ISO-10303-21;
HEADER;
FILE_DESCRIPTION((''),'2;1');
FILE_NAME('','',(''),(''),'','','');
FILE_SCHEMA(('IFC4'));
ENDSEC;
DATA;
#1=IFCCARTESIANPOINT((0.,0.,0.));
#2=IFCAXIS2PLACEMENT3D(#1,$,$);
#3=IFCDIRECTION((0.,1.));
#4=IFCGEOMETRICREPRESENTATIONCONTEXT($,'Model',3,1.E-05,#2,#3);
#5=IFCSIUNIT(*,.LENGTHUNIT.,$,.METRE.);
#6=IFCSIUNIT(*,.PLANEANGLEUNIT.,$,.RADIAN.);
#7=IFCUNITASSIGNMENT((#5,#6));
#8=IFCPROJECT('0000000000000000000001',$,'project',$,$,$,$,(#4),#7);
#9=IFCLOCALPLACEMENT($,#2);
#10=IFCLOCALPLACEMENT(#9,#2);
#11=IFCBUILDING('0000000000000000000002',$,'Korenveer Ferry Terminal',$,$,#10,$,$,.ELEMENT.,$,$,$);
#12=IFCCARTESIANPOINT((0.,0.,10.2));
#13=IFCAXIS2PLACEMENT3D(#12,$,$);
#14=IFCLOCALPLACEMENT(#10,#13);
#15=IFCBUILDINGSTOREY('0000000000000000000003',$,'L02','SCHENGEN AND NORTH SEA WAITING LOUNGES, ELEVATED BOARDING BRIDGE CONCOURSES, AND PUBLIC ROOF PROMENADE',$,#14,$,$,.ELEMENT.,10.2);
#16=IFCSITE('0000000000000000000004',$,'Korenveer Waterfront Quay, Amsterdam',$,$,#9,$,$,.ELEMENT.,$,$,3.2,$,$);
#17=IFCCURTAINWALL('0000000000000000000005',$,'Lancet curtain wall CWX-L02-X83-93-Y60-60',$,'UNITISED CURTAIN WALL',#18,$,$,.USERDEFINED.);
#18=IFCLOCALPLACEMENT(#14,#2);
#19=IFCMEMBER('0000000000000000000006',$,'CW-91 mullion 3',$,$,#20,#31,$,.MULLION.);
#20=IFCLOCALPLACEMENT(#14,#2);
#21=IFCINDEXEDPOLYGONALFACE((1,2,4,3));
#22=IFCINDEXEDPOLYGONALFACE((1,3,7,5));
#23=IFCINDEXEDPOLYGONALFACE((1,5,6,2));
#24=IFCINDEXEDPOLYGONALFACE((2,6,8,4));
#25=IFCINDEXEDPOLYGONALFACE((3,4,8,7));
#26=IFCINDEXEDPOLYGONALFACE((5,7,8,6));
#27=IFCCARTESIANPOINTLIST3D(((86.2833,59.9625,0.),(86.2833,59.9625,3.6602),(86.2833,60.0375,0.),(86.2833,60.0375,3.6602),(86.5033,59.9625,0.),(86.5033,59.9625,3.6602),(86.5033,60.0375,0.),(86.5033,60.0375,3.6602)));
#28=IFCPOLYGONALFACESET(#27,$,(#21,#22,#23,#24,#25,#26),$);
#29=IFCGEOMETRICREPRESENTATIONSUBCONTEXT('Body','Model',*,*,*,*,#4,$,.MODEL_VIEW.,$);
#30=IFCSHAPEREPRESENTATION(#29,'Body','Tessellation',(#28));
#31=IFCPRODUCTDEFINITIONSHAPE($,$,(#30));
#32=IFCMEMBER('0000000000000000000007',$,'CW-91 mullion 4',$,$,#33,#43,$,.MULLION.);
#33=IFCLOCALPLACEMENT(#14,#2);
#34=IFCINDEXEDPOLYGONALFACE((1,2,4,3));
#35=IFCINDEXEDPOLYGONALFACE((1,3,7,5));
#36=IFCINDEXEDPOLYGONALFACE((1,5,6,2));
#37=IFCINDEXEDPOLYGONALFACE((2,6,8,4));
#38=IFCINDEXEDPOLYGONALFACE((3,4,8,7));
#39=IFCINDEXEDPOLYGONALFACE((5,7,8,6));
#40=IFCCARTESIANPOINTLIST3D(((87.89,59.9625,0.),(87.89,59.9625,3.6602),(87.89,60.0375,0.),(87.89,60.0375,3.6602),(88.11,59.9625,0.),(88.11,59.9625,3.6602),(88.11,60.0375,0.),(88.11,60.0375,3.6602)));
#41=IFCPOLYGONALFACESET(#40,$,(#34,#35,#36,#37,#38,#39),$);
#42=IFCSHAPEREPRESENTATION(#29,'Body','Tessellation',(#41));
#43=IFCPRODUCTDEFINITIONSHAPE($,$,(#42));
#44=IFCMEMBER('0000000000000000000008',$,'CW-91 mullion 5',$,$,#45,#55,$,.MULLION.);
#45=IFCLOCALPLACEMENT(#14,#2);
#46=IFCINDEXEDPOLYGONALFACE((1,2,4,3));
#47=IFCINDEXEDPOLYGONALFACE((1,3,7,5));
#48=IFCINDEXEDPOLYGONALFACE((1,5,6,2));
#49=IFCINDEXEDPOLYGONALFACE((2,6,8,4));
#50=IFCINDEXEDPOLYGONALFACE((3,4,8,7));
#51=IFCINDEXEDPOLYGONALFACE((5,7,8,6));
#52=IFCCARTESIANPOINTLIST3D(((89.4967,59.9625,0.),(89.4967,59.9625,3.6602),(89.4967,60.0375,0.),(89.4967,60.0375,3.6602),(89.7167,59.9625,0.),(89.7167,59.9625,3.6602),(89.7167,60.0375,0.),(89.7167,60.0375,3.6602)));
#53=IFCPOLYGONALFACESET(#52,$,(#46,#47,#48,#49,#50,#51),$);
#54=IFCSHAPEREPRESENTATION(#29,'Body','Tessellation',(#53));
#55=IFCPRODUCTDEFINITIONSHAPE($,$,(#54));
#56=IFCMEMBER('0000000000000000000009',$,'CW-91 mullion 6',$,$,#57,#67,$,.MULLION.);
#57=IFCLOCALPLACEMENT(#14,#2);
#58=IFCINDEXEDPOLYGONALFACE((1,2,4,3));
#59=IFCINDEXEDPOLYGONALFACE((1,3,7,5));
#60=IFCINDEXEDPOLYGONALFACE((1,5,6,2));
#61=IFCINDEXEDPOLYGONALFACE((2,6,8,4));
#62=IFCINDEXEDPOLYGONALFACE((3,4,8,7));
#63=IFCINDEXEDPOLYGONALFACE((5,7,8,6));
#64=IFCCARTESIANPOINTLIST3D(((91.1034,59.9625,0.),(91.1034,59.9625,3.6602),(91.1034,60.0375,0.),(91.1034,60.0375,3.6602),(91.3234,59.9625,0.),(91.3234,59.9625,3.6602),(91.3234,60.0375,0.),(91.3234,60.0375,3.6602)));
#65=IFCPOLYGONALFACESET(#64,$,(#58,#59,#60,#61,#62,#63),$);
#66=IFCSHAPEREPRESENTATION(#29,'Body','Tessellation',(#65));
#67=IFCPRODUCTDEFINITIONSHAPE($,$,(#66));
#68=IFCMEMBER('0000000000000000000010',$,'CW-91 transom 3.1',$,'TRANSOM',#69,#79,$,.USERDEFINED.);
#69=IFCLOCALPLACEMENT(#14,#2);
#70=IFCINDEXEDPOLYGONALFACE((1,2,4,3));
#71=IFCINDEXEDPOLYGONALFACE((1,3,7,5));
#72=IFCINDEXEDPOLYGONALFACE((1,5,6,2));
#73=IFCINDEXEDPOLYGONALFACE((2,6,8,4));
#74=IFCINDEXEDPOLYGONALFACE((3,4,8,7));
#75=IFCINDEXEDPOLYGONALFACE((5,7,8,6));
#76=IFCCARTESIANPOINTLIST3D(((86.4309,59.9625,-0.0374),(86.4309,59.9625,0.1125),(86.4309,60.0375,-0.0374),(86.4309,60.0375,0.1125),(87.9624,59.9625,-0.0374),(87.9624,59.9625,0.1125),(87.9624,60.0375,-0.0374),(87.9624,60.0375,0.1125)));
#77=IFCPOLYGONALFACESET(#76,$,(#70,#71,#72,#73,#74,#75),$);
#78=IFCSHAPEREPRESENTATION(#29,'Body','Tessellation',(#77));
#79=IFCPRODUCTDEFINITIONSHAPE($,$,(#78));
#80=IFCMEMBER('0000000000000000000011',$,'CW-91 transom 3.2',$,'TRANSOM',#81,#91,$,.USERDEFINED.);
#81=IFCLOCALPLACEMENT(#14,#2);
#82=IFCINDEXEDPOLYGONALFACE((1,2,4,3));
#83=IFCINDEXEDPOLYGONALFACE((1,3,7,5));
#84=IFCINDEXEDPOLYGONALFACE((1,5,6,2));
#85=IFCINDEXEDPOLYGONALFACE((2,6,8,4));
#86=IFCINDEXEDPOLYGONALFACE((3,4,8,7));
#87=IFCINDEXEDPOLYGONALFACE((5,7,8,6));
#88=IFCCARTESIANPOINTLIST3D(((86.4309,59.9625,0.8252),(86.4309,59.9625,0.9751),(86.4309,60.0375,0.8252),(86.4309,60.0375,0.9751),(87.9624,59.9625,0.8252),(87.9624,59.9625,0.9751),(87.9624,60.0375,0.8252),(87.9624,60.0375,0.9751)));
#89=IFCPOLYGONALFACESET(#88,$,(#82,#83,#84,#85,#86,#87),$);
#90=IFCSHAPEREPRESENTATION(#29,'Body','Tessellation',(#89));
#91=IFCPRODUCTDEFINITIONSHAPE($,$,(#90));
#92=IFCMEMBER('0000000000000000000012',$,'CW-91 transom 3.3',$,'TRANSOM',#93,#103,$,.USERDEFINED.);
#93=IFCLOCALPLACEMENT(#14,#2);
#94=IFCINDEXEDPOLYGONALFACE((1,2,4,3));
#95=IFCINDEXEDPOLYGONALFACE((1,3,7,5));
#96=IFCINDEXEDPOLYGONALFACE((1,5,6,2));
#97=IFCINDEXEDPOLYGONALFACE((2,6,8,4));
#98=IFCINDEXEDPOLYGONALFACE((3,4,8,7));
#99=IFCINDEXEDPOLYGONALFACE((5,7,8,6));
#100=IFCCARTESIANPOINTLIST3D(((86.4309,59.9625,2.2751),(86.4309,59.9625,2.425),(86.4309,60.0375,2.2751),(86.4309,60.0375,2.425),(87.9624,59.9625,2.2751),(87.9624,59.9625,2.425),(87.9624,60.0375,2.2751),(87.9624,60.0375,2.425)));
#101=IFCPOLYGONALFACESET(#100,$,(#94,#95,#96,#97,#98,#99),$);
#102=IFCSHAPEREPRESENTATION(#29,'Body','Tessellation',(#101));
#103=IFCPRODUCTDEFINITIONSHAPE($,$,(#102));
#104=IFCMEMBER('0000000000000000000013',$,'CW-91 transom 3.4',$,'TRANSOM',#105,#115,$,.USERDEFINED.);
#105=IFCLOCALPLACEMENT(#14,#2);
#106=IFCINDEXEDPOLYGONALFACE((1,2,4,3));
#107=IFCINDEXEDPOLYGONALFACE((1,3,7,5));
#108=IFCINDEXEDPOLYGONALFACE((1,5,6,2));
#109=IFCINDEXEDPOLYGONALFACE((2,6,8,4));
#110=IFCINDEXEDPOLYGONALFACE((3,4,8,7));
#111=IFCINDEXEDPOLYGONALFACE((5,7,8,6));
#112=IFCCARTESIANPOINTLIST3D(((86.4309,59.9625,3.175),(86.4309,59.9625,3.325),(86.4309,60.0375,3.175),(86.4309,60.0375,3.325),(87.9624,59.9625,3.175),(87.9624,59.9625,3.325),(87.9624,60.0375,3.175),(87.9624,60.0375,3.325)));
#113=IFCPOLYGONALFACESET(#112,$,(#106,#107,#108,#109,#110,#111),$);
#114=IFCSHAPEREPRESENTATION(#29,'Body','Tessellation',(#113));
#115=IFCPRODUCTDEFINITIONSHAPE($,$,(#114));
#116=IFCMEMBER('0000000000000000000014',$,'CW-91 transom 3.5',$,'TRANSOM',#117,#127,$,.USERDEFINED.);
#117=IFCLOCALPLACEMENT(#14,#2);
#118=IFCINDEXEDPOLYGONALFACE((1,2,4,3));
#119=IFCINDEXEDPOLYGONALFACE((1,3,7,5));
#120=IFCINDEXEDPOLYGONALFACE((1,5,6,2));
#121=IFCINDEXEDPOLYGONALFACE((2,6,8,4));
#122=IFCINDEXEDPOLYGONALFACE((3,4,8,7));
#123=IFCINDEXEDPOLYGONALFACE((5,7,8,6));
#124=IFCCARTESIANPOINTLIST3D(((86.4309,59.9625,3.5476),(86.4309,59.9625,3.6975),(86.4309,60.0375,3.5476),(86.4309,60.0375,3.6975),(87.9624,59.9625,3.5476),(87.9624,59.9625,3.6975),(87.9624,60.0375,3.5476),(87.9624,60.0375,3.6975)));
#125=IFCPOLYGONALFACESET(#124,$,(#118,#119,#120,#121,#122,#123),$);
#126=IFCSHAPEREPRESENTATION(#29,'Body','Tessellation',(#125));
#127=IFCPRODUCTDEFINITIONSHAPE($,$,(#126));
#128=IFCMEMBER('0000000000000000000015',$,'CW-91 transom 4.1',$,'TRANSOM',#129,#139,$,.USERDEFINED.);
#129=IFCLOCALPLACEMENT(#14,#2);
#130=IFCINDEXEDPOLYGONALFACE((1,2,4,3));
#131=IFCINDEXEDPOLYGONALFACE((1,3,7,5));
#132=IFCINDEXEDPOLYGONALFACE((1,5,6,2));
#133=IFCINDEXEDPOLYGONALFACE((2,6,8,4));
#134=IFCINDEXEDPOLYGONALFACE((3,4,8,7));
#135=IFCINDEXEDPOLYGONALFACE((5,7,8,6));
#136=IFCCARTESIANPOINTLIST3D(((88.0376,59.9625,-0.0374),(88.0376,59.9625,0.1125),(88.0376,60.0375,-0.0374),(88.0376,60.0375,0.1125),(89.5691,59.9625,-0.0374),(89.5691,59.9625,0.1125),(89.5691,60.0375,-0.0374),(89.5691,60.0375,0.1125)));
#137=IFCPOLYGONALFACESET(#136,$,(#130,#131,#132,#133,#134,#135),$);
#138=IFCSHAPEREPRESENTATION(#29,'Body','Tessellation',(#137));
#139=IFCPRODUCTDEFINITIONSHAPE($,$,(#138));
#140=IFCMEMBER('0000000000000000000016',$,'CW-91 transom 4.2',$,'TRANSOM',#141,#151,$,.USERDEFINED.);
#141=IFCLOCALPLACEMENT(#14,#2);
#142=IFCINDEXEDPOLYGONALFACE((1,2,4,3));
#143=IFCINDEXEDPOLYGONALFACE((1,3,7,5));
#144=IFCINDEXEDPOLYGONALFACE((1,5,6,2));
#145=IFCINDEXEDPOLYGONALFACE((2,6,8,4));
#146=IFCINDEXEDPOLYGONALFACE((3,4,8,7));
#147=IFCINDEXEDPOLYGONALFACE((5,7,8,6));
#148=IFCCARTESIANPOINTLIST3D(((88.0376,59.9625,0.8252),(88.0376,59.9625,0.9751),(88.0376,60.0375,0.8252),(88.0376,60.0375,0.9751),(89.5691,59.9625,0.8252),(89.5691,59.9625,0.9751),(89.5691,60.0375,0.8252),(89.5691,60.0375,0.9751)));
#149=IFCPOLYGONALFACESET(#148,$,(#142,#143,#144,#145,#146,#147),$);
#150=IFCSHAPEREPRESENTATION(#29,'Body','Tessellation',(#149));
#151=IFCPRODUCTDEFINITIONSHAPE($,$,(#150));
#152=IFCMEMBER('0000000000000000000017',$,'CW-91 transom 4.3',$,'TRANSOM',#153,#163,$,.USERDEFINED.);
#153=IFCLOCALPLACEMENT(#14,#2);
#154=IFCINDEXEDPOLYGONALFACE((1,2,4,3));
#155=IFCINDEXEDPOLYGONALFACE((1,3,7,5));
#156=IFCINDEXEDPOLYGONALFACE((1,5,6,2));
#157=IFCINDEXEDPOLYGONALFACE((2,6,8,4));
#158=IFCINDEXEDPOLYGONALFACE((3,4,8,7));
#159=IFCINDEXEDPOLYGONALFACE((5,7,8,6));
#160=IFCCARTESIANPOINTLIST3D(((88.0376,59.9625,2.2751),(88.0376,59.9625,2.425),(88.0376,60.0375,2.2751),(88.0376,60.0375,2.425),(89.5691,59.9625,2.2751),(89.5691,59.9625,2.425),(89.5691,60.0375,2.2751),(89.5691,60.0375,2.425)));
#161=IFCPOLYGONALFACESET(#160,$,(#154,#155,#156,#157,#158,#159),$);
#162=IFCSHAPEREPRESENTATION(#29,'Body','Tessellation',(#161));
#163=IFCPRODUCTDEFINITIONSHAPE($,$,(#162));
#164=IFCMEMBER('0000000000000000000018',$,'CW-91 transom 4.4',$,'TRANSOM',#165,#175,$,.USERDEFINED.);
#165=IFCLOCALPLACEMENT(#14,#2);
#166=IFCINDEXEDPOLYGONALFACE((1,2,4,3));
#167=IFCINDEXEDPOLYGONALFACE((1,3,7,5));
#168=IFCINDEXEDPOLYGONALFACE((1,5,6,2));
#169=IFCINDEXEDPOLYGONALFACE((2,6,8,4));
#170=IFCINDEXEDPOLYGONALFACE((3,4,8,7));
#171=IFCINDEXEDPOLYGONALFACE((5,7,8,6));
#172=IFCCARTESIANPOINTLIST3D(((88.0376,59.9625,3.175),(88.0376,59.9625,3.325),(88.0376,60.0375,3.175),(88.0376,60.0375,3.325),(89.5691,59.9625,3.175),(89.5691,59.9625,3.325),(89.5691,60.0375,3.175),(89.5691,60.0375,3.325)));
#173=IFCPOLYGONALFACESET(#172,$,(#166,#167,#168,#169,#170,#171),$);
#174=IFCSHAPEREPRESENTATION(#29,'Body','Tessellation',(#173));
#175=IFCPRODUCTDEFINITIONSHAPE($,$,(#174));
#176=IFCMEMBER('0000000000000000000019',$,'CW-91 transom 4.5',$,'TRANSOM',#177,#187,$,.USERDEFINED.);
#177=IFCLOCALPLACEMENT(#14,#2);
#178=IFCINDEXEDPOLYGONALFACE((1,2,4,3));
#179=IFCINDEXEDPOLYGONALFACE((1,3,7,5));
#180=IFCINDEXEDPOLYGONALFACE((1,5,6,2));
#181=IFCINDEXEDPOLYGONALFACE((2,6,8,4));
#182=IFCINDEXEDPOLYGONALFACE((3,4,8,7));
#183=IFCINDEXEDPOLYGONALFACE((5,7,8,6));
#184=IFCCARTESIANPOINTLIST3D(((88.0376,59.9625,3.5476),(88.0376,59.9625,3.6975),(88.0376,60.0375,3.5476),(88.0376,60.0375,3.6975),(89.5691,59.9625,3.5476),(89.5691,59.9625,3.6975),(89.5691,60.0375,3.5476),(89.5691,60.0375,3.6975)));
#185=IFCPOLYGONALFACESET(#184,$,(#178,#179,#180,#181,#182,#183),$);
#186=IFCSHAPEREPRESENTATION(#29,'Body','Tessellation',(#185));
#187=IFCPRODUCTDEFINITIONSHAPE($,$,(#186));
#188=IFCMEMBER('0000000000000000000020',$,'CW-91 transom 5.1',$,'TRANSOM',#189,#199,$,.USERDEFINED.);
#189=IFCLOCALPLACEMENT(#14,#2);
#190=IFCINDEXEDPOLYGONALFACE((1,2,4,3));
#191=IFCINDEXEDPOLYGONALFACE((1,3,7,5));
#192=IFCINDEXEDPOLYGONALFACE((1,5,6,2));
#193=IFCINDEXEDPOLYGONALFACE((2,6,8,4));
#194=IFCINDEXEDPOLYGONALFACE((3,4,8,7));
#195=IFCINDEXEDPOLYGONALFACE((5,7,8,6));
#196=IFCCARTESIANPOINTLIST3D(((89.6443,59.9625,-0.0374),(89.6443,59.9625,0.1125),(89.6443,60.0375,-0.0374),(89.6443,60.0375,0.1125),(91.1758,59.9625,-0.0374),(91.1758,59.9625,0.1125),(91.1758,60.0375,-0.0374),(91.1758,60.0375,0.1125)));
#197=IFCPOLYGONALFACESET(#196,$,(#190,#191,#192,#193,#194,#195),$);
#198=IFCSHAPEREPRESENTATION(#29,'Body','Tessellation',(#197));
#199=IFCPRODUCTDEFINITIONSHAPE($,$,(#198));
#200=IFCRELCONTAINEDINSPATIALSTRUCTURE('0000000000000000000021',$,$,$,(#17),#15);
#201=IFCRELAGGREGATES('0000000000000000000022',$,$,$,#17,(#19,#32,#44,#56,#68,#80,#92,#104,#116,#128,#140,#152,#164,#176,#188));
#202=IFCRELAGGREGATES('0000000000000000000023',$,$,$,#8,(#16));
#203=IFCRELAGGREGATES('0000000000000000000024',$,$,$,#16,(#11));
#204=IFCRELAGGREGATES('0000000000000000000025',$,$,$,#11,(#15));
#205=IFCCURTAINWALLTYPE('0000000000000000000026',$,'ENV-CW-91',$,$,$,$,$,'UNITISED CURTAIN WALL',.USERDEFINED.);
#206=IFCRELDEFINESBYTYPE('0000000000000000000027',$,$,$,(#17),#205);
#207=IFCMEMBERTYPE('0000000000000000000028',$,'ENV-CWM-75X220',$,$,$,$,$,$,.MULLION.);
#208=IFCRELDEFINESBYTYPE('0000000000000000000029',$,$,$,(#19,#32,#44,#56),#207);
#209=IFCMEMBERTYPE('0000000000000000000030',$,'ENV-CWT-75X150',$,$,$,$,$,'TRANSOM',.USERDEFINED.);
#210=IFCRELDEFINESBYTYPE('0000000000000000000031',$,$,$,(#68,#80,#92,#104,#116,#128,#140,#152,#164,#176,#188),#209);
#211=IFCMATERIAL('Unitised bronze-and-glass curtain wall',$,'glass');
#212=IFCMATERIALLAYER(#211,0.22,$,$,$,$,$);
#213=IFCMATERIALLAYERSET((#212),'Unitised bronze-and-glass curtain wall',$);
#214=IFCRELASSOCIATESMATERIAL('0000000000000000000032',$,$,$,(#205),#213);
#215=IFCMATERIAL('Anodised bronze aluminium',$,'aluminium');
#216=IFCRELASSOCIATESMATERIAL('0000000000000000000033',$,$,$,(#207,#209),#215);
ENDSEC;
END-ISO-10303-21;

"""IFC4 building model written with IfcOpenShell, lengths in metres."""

from ifc_helpers import new_model, si_unit, direction, frame, origin, origin_2d, place, context, subcontext, project, spatial, rectangle, extrude, material, layer, layer_set, material_profile, profile_set, type_object, element, aggregate, save


model = new_model("IFC4")

# Units and contexts
model_context = context("Model", 3, precision=1e-05, world=origin(), true_north=direction((0.0, 1.0)))
body_context = subcontext(model_context, "Body", "Model", "MODEL_VIEW")
ifc_project = project(units=[si_unit("LENGTHUNIT", "METRE"), si_unit("PLANEANGLEUNIT", "RADIAN")], contexts=[model_context])

# Site, building, storey
site_placement = place(None, origin())
site = spatial("IfcSite", under=ifc_project, at=site_placement, Name="Korenveer Waterfront Quay, Amsterdam", CompositionType="ELEMENT", RefElevation=3.2)
building_placement = place(site_placement, origin())
building = spatial("IfcBuilding", under=site, at=building_placement, Name="Korenveer Ferry Terminal", CompositionType="ELEMENT")
storey_placement = place(building_placement, frame((0.0, 0.0, 10.2)))
storey = spatial("IfcBuildingStorey", under=building, at=storey_placement, Name="L02", Description="SCHENGEN AND NORTH SEA WAITING LOUNGES, ELEVATED BOARDING BRIDGE CONCOURSES, AND PUBLIC ROOF PROMENADE", CompositionType="ELEMENT", Elevation=10.2)

# Curtain wall, members
ifc_material_1 = material(Name="Unitised bronze-and-glass curtain wall", Category="glass")
ifc_layer_1 = layer(ifc_material_1, 0.22)
ifc_layer_set_1 = layer_set([ifc_layer_1], Name="Unitised bronze-and-glass curtain wall")
curtain_wall_type = type_object("IfcCurtainWallType", Name="ENV-CW-91", ElementType="UNITISED CURTAIN WALL", PredefinedType="USERDEFINED", material=ifc_layer_set_1)
curtain_wall_placement = place(storey_placement, frame((83.1799, 60.0, 0.0)))
curtain_wall = element("IfcCurtainWall", 1, at=curtain_wall_placement, inside=storey, type_object=curtain_wall_type, Name="Lancet curtain wall CWX-L02-X83-93-Y60-60", ObjectType="UNITISED CURTAIN WALL", PredefinedType="USERDEFINED")
ifc_material_2 = material(Name="Anodised bronze aluminium", Category="aluminium")
ifc_material_profile_1 = material_profile(ifc_material_2, rectangle(XDim=0.075, YDim=0.22, at=origin_2d()), Name="ALU 75x220")
ifc_profile_set_1 = profile_set([ifc_material_profile_1], Name="Anodised bronze aluminium")
member_type_1 = type_object("IfcMemberType", Name="ENV-CWM-75X220", PredefinedType="MULLION", material=ifc_profile_set_1)
member_1_placement = place(storey_placement, frame((86.3933, 60.0, 0.0), z_axis=(0.0, 0.0, 1.0), x_axis=(0.0, 1.0, 0.0)))
member_1 = element("IfcMember", 2, at=member_1_placement, type_object=member_type_1, Name="CW-91 mullion 3", PredefinedType="MULLION", context=body_context, shape_type="SweptSolid", body=[
    extrude(rectangle(XDim=0.075, YDim=0.22, at=origin_2d()), origin(), (0.0, 0.0, 1.0), 3.6602),
])
member_2_placement = place(storey_placement, frame((88.0, 60.0, 0.0), z_axis=(0.0, 0.0, 1.0), x_axis=(0.0, 1.0, 0.0)))
member_2 = element("IfcMember", 3, at=member_2_placement, type_object=member_type_1, Name="CW-91 mullion 4", PredefinedType="MULLION", context=body_context, shape_type="SweptSolid", body=[
    extrude(rectangle(XDim=0.075, YDim=0.22, at=origin_2d()), origin(), (0.0, 0.0, 1.0), 3.6602),
])
member_3_placement = place(storey_placement, frame((89.6067, 60.0, 0.0), z_axis=(0.0, 0.0, 1.0), x_axis=(0.0, 1.0, 0.0)))
member_3 = element("IfcMember", 4, at=member_3_placement, type_object=member_type_1, Name="CW-91 mullion 5", PredefinedType="MULLION", context=body_context, shape_type="SweptSolid", body=[
    extrude(rectangle(XDim=0.075, YDim=0.22, at=origin_2d()), origin(), (0.0, 0.0, 1.0), 3.6602),
])
member_4_placement = place(storey_placement, frame((91.2134, 60.0, 0.0), z_axis=(0.0, 0.0, 1.0), x_axis=(0.0, 1.0, 0.0)))
member_4 = element("IfcMember", 5, at=member_4_placement, type_object=member_type_1, Name="CW-91 mullion 6", PredefinedType="MULLION", context=body_context, shape_type="SweptSolid", body=[
    extrude(rectangle(XDim=0.075, YDim=0.22, at=origin_2d()), origin(), (0.0, 0.0, 1.0), 3.6602),
])
ifc_material_profile_2 = material_profile(ifc_material_2, rectangle(XDim=0.075, YDim=0.1499, at=origin_2d()), Name="ALU 75x150")
ifc_profile_set_2 = profile_set([ifc_material_profile_2], Name="Anodised bronze aluminium")
member_type_2 = type_object("IfcMemberType", Name="ENV-CWT-75X150", ElementType="TRANSOM", PredefinedType="USERDEFINED", material=ifc_profile_set_2)
member_5_placement = place(storey_placement, frame((86.4309, 60.0, 0.0376), z_axis=(1.0, 0.0, 0.0), x_axis=(0.0, 1.0, 0.0)))
member_5 = element("IfcMember", 6, at=member_5_placement, type_object=member_type_2, Name="CW-91 transom 3.1", ObjectType="TRANSOM", PredefinedType="USERDEFINED", context=body_context, shape_type="SweptSolid", body=[
    extrude(rectangle(XDim=0.075, YDim=0.1499, at=origin_2d()), origin(), (0.0, 0.0, 1.0), 1.5315),
])
member_6_placement = place(storey_placement, frame((86.4309, 60.0, 0.9001), z_axis=(1.0, 0.0, 0.0), x_axis=(0.0, 1.0, 0.0)))
member_6 = element("IfcMember", 7, at=member_6_placement, type_object=member_type_2, Name="CW-91 transom 3.2", ObjectType="TRANSOM", PredefinedType="USERDEFINED", context=body_context, shape_type="SweptSolid", body=[
    extrude(rectangle(XDim=0.075, YDim=0.1499, at=origin_2d()), origin(), (0.0, 0.0, 1.0), 1.5315),
])
member_7_placement = place(storey_placement, frame((86.4309, 60.0, 2.3501), z_axis=(1.0, 0.0, 0.0), x_axis=(0.0, 1.0, 0.0)))
member_7 = element("IfcMember", 8, at=member_7_placement, type_object=member_type_2, Name="CW-91 transom 3.3", ObjectType="TRANSOM", PredefinedType="USERDEFINED", context=body_context, shape_type="SweptSolid", body=[
    extrude(rectangle(XDim=0.075, YDim=0.1499, at=origin_2d()), origin(), (0.0, 0.0, 1.0), 1.5315),
])
member_8_placement = place(storey_placement, frame((86.4309, 60.0, 3.25), z_axis=(1.0, 0.0, 0.0), x_axis=(0.0, 1.0, 0.0)))
member_8 = element("IfcMember", 9, at=member_8_placement, type_object=member_type_2, Name="CW-91 transom 3.4", ObjectType="TRANSOM", PredefinedType="USERDEFINED", context=body_context, shape_type="SweptSolid", body=[
    extrude(rectangle(XDim=0.075, YDim=0.1499, at=origin_2d()), origin(), (0.0, 0.0, 1.0), 1.5315),
])
member_9_placement = place(storey_placement, frame((86.4309, 60.0, 3.6226), z_axis=(1.0, 0.0, 0.0), x_axis=(0.0, 1.0, 0.0)))
member_9 = element("IfcMember", 10, at=member_9_placement, type_object=member_type_2, Name="CW-91 transom 3.5", ObjectType="TRANSOM", PredefinedType="USERDEFINED", context=body_context, shape_type="SweptSolid", body=[
    extrude(rectangle(XDim=0.075, YDim=0.1499, at=origin_2d()), origin(), (0.0, 0.0, 1.0), 1.5315),
])
member_10_placement = place(storey_placement, frame((88.0376, 60.0, 0.0376), z_axis=(1.0, 0.0, 0.0), x_axis=(0.0, 1.0, 0.0)))
member_10 = element("IfcMember", 11, at=member_10_placement, type_object=member_type_2, Name="CW-91 transom 4.1", ObjectType="TRANSOM", PredefinedType="USERDEFINED", context=body_context, shape_type="SweptSolid", body=[
    extrude(rectangle(XDim=0.075, YDim=0.1499, at=origin_2d()), origin(), (0.0, 0.0, 1.0), 1.5315),
])
member_11_placement = place(storey_placement, frame((88.0376, 60.0, 0.9001), z_axis=(1.0, 0.0, 0.0), x_axis=(0.0, 1.0, 0.0)))
member_11 = element("IfcMember", 12, at=member_11_placement, type_object=member_type_2, Name="CW-91 transom 4.2", ObjectType="TRANSOM", PredefinedType="USERDEFINED", context=body_context, shape_type="SweptSolid", body=[
    extrude(rectangle(XDim=0.075, YDim=0.1499, at=origin_2d()), origin(), (0.0, 0.0, 1.0), 1.5315),
])
member_12_placement = place(storey_placement, frame((88.0376, 60.0, 2.3501), z_axis=(1.0, 0.0, 0.0), x_axis=(0.0, 1.0, 0.0)))
member_12 = element("IfcMember", 13, at=member_12_placement, type_object=member_type_2, Name="CW-91 transom 4.3", ObjectType="TRANSOM", PredefinedType="USERDEFINED", context=body_context, shape_type="SweptSolid", body=[
    extrude(rectangle(XDim=0.075, YDim=0.1499, at=origin_2d()), origin(), (0.0, 0.0, 1.0), 1.5315),
])
member_13_placement = place(storey_placement, frame((88.0376, 60.0, 3.25), z_axis=(1.0, 0.0, 0.0), x_axis=(0.0, 1.0, 0.0)))
member_13 = element("IfcMember", 14, at=member_13_placement, type_object=member_type_2, Name="CW-91 transom 4.4", ObjectType="TRANSOM", PredefinedType="USERDEFINED", context=body_context, shape_type="SweptSolid", body=[
    extrude(rectangle(XDim=0.075, YDim=0.1499, at=origin_2d()), origin(), (0.0, 0.0, 1.0), 1.5315),
])
member_14_placement = place(storey_placement, frame((88.0376, 60.0, 3.6226), z_axis=(1.0, 0.0, 0.0), x_axis=(0.0, 1.0, 0.0)))
member_14 = element("IfcMember", 15, at=member_14_placement, type_object=member_type_2, Name="CW-91 transom 4.5", ObjectType="TRANSOM", PredefinedType="USERDEFINED", context=body_context, shape_type="SweptSolid", body=[
    extrude(rectangle(XDim=0.075, YDim=0.1499, at=origin_2d()), origin(), (0.0, 0.0, 1.0), 1.5315),
])
member_15_placement = place(storey_placement, frame((89.6443, 60.0, 0.0376), z_axis=(1.0, 0.0, 0.0), x_axis=(0.0, 1.0, 0.0)))
member_15 = element("IfcMember", 16, at=member_15_placement, type_object=member_type_2, Name="CW-91 transom 5.1", ObjectType="TRANSOM", PredefinedType="USERDEFINED", context=body_context, shape_type="SweptSolid", body=[
    extrude(rectangle(XDim=0.075, YDim=0.1499, at=origin_2d()), origin(), (0.0, 0.0, 1.0), 1.5315),
])
aggregate(curtain_wall, [member_1, member_2, member_3, member_4, member_5, member_6, member_7, member_8, member_9, member_10, member_11, member_12, member_13, member_14, member_15])

save(model, "model.ifc")
